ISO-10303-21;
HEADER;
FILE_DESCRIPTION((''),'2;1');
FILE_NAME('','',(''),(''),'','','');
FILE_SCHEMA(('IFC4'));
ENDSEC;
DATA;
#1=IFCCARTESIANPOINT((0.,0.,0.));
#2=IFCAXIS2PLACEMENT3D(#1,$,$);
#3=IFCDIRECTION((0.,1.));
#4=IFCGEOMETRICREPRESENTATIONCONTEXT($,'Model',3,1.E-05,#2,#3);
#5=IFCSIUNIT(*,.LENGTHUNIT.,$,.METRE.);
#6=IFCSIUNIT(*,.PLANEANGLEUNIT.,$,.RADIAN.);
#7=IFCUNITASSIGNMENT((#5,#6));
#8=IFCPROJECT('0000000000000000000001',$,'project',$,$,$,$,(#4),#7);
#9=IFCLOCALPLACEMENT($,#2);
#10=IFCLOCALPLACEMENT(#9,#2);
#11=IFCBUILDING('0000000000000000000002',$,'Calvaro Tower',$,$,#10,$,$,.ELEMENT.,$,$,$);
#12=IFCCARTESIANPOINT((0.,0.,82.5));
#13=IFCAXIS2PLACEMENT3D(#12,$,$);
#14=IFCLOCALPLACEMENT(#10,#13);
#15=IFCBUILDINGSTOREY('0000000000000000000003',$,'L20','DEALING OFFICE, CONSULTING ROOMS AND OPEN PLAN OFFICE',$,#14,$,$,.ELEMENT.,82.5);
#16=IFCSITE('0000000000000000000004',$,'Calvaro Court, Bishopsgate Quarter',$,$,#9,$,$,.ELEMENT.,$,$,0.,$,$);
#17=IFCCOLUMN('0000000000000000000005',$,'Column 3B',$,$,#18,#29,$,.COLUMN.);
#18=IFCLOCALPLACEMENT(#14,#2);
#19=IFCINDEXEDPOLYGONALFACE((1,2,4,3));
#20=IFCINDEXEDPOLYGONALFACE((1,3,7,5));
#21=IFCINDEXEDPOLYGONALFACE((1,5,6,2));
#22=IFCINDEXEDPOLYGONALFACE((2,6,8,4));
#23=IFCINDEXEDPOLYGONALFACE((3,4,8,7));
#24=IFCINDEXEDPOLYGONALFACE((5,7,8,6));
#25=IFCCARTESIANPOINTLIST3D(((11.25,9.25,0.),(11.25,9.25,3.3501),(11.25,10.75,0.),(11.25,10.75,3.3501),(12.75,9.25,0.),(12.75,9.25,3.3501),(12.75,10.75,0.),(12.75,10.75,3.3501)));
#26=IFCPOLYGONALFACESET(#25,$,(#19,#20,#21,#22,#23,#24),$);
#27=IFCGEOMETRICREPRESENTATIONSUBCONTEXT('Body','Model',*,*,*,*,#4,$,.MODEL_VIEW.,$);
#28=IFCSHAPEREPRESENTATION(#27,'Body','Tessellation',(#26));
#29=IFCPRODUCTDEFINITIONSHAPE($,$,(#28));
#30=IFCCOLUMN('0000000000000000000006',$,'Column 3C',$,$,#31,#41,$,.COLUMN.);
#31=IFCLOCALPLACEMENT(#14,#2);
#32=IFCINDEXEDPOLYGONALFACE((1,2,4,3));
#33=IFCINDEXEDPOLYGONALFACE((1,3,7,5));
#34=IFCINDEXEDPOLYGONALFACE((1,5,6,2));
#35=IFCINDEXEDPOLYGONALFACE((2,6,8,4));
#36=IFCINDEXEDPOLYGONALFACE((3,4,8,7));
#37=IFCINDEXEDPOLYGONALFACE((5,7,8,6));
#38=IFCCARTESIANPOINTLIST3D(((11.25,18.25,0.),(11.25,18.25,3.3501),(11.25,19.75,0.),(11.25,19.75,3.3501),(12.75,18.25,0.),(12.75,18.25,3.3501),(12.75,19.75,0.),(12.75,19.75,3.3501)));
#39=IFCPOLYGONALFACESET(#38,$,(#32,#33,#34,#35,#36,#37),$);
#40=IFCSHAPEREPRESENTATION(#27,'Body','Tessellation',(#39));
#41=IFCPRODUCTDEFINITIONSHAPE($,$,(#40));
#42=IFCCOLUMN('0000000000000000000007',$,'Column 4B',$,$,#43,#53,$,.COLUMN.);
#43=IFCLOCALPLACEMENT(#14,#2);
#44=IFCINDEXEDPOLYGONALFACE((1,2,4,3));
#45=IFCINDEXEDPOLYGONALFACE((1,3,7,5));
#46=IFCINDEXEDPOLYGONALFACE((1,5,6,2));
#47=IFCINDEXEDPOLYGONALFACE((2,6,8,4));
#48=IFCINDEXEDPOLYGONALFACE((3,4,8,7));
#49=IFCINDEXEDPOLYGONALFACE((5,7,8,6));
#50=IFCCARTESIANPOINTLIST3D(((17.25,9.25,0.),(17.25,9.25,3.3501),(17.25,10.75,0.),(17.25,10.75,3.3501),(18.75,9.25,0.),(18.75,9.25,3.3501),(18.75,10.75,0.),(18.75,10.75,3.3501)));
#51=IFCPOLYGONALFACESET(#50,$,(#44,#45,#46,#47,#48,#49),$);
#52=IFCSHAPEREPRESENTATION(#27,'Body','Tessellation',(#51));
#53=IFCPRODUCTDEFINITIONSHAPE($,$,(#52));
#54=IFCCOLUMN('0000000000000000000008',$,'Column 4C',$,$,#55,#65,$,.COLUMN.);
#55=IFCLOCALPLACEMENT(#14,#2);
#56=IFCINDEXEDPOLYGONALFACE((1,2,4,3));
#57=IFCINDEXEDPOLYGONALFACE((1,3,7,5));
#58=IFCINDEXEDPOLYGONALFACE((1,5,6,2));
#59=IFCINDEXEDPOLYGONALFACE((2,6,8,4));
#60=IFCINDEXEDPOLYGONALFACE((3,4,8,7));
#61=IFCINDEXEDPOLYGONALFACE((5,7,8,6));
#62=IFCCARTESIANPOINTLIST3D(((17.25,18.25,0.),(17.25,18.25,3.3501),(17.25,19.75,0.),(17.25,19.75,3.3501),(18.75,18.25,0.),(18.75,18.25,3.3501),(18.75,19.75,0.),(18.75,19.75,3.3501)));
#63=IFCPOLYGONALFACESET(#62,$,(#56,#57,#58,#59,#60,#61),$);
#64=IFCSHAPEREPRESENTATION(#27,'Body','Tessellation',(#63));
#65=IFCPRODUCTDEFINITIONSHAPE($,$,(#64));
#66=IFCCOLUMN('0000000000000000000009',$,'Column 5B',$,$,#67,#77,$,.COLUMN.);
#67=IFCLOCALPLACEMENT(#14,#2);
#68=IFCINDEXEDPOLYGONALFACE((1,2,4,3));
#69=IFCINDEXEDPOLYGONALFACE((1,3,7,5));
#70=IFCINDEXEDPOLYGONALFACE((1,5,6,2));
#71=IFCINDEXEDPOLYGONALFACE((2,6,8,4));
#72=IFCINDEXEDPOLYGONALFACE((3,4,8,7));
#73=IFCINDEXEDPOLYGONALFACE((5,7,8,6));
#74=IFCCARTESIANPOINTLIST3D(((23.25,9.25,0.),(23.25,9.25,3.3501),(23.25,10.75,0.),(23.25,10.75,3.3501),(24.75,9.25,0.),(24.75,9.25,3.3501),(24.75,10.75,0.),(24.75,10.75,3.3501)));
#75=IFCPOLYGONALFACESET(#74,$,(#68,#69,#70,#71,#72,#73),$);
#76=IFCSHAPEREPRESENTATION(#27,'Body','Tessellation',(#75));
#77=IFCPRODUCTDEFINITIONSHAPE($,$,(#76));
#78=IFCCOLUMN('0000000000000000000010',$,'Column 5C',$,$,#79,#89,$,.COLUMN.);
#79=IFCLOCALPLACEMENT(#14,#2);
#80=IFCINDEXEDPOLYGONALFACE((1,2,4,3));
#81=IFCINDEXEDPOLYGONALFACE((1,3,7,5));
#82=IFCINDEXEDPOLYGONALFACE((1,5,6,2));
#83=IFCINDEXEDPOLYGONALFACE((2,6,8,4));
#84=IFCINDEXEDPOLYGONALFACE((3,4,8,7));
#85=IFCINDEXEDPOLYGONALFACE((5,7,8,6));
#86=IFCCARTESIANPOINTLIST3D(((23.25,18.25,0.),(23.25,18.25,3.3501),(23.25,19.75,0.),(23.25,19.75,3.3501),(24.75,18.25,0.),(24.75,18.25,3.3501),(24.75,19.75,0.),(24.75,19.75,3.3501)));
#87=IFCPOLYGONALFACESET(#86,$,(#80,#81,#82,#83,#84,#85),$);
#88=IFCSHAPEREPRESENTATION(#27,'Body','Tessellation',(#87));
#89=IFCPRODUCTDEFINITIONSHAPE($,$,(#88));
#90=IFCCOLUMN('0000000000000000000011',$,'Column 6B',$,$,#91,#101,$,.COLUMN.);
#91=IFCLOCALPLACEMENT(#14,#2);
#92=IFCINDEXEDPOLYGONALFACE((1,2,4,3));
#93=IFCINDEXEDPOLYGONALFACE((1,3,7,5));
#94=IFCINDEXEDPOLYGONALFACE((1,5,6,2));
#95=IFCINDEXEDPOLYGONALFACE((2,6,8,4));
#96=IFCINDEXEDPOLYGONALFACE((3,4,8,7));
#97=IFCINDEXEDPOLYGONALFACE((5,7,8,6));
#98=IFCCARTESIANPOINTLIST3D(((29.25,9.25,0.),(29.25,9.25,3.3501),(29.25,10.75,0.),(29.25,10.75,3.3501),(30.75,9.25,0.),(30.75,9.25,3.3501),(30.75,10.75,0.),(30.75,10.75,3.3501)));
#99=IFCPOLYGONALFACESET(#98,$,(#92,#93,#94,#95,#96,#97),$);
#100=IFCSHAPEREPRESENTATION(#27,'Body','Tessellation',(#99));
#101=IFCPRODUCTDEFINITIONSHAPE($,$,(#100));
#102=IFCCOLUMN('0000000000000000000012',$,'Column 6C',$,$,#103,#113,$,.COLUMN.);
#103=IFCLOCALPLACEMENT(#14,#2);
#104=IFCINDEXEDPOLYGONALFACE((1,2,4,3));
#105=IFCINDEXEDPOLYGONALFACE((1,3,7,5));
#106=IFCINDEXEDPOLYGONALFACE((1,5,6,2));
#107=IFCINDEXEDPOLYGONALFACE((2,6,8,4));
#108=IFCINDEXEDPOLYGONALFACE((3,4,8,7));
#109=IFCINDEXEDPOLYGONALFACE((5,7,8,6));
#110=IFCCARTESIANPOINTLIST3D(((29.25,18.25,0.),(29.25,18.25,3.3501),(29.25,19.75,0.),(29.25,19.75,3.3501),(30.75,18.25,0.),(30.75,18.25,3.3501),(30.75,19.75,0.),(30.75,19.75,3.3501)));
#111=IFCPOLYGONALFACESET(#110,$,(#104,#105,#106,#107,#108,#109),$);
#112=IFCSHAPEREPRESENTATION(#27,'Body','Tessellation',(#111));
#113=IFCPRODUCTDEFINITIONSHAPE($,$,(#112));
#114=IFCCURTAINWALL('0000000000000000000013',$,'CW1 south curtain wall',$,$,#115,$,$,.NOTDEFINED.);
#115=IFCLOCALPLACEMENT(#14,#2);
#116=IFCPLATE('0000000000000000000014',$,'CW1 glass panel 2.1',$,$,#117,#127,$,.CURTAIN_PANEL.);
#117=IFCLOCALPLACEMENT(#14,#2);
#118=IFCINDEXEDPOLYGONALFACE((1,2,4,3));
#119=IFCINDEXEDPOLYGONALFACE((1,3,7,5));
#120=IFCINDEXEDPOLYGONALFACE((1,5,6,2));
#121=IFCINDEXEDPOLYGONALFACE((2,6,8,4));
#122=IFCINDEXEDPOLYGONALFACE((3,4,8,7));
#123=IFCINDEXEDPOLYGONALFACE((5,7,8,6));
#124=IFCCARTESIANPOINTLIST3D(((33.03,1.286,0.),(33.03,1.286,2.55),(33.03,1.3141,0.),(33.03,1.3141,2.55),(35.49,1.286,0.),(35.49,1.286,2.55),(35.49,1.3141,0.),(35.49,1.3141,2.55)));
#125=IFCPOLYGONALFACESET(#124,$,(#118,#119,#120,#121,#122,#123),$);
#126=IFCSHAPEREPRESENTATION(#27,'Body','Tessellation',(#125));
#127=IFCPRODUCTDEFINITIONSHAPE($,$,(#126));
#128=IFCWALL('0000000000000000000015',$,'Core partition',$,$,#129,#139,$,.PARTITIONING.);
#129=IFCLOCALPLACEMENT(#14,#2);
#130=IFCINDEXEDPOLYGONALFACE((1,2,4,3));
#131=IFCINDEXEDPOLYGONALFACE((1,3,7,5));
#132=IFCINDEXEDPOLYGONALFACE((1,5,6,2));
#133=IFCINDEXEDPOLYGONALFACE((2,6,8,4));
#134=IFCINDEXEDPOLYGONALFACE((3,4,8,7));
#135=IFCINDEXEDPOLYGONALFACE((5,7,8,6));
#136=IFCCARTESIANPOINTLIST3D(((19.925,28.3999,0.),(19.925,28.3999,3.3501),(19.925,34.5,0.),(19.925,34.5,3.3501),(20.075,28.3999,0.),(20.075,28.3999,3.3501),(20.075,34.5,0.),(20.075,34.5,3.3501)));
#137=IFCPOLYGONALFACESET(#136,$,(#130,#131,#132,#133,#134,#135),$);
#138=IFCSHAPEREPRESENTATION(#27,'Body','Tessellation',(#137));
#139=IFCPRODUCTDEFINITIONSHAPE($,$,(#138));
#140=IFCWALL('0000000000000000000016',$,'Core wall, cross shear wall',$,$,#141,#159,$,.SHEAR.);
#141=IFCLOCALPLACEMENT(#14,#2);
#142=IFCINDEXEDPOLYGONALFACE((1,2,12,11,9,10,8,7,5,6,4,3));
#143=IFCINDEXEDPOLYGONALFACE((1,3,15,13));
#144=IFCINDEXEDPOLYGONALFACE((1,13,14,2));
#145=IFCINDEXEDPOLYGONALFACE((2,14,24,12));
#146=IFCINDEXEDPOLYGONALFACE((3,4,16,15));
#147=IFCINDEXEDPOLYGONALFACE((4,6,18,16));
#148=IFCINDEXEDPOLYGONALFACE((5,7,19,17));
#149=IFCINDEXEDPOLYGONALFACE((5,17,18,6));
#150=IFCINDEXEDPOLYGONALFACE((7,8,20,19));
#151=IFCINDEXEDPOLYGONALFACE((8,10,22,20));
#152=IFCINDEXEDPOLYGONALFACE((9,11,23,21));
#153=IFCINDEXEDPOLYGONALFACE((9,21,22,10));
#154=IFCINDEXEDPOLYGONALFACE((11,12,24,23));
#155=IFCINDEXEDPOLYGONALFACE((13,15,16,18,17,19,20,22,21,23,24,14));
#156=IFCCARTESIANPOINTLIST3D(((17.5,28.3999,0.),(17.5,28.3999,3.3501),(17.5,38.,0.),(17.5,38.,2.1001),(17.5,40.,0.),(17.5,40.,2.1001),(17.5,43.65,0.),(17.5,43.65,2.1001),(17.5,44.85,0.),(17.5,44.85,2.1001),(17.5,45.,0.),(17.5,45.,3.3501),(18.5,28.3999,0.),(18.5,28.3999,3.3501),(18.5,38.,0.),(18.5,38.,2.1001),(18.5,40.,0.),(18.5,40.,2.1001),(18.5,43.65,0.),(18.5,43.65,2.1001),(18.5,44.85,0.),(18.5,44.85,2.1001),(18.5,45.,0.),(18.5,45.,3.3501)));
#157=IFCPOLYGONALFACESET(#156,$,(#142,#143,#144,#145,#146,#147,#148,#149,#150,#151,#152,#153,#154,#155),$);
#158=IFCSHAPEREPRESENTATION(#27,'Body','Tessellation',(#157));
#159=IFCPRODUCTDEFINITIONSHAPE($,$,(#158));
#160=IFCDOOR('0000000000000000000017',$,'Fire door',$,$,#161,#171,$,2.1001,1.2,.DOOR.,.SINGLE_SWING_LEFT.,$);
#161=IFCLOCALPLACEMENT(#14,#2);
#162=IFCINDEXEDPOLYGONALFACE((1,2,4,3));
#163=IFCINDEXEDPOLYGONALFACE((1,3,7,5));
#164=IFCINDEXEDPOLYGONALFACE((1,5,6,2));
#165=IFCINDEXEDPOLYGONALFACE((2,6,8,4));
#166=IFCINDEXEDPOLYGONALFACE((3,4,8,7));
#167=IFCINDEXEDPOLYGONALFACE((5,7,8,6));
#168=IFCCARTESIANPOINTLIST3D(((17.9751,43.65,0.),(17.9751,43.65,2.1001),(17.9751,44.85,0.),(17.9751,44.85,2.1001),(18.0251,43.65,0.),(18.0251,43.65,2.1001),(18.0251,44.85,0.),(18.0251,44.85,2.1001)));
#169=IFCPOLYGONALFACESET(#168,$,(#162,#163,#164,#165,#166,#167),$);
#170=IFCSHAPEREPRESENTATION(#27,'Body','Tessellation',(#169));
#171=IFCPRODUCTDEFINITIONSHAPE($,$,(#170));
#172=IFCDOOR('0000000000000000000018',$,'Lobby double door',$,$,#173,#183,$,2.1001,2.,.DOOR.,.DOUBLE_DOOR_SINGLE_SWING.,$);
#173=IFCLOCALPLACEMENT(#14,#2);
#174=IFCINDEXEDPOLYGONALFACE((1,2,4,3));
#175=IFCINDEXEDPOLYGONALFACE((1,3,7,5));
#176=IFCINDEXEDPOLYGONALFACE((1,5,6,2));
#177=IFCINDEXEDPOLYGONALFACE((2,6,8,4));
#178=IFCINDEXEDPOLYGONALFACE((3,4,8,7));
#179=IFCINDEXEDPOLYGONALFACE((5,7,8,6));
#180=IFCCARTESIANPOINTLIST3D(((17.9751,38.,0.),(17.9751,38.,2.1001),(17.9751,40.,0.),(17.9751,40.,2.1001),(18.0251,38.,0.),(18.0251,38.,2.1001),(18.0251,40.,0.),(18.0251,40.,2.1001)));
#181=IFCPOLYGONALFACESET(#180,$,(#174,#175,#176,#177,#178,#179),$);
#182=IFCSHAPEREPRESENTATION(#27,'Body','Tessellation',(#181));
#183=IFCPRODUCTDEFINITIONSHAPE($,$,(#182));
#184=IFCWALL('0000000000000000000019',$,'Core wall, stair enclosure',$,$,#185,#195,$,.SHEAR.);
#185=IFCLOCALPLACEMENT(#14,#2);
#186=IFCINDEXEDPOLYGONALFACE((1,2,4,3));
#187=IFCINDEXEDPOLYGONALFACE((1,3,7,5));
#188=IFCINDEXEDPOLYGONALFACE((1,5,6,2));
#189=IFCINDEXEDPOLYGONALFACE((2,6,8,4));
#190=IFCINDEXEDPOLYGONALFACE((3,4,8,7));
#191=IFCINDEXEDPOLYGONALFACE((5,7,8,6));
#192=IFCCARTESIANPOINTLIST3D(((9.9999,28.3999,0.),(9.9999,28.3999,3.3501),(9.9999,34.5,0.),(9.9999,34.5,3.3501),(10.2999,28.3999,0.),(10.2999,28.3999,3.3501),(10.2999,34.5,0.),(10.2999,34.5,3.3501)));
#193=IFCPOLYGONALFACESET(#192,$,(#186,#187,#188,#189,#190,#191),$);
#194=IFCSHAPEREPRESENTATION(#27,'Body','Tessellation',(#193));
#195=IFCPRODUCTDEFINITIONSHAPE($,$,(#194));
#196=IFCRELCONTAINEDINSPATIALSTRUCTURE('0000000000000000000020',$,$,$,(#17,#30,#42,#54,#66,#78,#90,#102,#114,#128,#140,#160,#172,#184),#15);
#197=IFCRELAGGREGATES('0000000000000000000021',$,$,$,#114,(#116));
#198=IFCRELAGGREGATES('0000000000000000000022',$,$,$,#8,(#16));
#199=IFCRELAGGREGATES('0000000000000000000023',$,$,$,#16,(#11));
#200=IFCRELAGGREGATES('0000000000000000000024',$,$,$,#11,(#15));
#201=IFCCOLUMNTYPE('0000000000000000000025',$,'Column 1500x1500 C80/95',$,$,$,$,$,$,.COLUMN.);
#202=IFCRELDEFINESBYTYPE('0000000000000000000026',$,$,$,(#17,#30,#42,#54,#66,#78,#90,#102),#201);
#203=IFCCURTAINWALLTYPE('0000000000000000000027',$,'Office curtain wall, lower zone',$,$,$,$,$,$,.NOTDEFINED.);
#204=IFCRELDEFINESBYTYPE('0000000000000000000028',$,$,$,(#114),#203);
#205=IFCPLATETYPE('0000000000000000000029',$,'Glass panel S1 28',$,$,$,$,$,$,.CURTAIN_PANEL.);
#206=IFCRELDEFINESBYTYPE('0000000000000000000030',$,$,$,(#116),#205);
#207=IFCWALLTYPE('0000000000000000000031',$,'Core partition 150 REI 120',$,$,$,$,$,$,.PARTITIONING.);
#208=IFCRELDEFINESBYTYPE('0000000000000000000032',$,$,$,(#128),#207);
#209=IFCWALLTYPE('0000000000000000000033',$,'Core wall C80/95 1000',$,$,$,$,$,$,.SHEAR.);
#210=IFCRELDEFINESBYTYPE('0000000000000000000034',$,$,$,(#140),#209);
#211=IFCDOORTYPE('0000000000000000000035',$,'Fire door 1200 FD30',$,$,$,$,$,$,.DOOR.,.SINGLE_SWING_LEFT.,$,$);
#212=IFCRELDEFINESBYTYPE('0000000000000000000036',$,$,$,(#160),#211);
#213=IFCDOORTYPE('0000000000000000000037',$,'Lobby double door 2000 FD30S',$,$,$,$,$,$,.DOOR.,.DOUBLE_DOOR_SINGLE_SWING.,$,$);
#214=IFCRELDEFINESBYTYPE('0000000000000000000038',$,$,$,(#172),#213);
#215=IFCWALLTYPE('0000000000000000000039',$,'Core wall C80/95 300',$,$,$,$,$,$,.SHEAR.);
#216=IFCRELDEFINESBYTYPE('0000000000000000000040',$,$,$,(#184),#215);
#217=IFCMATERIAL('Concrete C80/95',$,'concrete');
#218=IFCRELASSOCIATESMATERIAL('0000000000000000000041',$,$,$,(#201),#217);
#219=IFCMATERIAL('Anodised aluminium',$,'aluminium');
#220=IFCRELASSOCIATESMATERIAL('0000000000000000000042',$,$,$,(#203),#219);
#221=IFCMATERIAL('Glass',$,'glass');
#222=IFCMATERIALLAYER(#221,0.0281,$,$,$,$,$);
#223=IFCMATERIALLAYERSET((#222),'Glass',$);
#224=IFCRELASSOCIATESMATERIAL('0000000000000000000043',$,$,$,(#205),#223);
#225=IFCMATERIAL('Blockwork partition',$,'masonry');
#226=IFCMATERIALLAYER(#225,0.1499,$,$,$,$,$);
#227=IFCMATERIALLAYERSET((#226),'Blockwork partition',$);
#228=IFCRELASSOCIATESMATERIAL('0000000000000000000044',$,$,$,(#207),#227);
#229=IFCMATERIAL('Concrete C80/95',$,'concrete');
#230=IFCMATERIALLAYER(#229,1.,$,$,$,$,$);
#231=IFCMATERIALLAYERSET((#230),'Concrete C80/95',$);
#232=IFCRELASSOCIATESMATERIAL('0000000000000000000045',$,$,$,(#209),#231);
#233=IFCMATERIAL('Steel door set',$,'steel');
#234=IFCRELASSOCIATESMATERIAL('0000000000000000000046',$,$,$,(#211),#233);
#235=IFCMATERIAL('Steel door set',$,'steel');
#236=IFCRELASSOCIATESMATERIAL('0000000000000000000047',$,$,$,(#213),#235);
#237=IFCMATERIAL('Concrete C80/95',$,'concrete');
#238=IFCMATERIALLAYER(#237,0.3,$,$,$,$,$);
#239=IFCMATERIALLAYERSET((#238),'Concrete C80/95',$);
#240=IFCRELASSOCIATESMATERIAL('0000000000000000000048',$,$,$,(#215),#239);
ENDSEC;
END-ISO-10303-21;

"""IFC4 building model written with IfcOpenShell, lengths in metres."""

from ifc_helpers import new_model, si_unit, direction, frame, frame_2d, origin, origin_2d, place, context, subcontext, project, spatial, rectangle, extrude, material, layer, layer_set, material_profile, profile_set, type_object, element, fill, aggregate, save


model = new_model("IFC4")

# Units and contexts
model_context = context("Model", 3, precision=1e-05, world=origin(), true_north=direction((0.0, 1.0)))
body_context = subcontext(model_context, "Body", "Model", "MODEL_VIEW")
ifc_project = project(units=[si_unit("LENGTHUNIT", "METRE"), si_unit("PLANEANGLEUNIT", "RADIAN")], contexts=[model_context])

# Site, building, storey
site_placement = place(None, origin())
site = spatial("IfcSite", under=ifc_project, at=site_placement, Name="Calvaro Court, Bishopsgate Quarter", CompositionType="ELEMENT", RefElevation=0.0)
building_placement = place(site_placement, origin())
building = spatial("IfcBuilding", under=site, at=building_placement, Name="Calvaro Tower", CompositionType="ELEMENT")
storey_placement = place(building_placement, frame((0.0, 0.0, 82.5)))
storey = spatial("IfcBuildingStorey", under=building, at=storey_placement, Name="L20", Description="DEALING OFFICE, CONSULTING ROOMS AND OPEN PLAN OFFICE", CompositionType="ELEMENT", Elevation=82.5)

# Columns
ifc_material_1 = material(Name="Concrete C80/95", Category="concrete")
ifc_material_profile = material_profile(ifc_material_1, rectangle(XDim=1.5, YDim=1.5, at=origin_2d()), Name="RC 1500x1500")
ifc_profile_set = profile_set([ifc_material_profile], Name="Concrete C80/95")
column_type = type_object("IfcColumnType", Name="Column 1500x1500 C80/95", PredefinedType="COLUMN", material=ifc_profile_set)
for number, where, z_axis, x_axis, name in (
    (1, (12.0, 10.0, 0.0), (0.0, 0.0, 1.0), (1.0, 0.0, 0.0), "Column 3B"),
    (2, (12.0, 19.0, 0.0), (0.0, 0.0, 1.0), (1.0, 0.0, 0.0), "Column 3C"),
    (3, (18.0, 10.0, 0.0), (0.0, 0.0, 1.0), (1.0, 0.0, 0.0), "Column 4B"),
    (4, (18.0, 19.0, 0.0), (0.0, 0.0, 1.0), (1.0, 0.0, 0.0), "Column 4C"),
    (5, (24.0, 10.0, 0.0), (0.0, 0.0, 1.0), (1.0, 0.0, 0.0), "Column 5B"),
    (6, (24.0, 19.0, 0.0), (0.0, 0.0, 1.0), (1.0, 0.0, 0.0), "Column 5C"),
    (7, (30.0, 10.0, 0.0), (0.0, 0.0, 1.0), (1.0, 0.0, 0.0), "Column 6B"),
    (8, (30.0, 19.0, 0.0), (0.0, 0.0, 1.0), (1.0, 0.0, 0.0), "Column 6C"),
):
    element("IfcColumn", number, at=place(storey_placement, frame(where, z_axis=z_axis, x_axis=x_axis)), inside=storey, type_object=column_type, Name=name, PredefinedType="COLUMN", context=body_context, shape_type="SweptSolid", body=[
        extrude(rectangle(XDim=1.5, YDim=1.5, at=origin_2d()), origin(), (0.0, 0.0, 1.0), 3.3501),
    ])

# Curtain wall, plate
ifc_material_2 = material(Name="Anodised aluminium", Category="aluminium")
curtain_wall_type = type_object("IfcCurtainWallType", Name="Office curtain wall, lower zone", PredefinedType="NOTDEFINED", material=ifc_material_2)
curtain_wall_placement = place(storey_placement, origin())
curtain_wall = element("IfcCurtainWall", 9, at=curtain_wall_placement, inside=storey, type_object=curtain_wall_type, Name="CW1 south curtain wall", PredefinedType="NOTDEFINED")
ifc_material_3 = material(Name="Glass", Category="glass")
ifc_layer_1 = layer(ifc_material_3, 0.0281)
ifc_layer_set_1 = layer_set([ifc_layer_1], Name="Glass")
plate_type = type_object("IfcPlateType", Name="Glass panel S1 28", PredefinedType="CURTAIN_PANEL", material=ifc_layer_set_1)
plate_placement = place(storey_placement, frame((34.26, 1.3, 0.0), z_axis=(0.0, 0.0, 1.0), x_axis=(1.0, 0.0, 0.0)))
plate = element("IfcPlate", 10, at=plate_placement, type_object=plate_type, Name="CW1 glass panel 2.1", PredefinedType="CURTAIN_PANEL", context=body_context, shape_type="SweptSolid", body=[
    extrude(rectangle(XDim=2.46, YDim=0.0281, at=origin_2d()), origin(), (0.0, 0.0, 1.0), 2.55),
])
aggregate(curtain_wall, [plate])

# Wall
ifc_material_4 = material(Name="Blockwork partition", Category="masonry")
ifc_layer_2 = layer(ifc_material_4, 0.1499)
ifc_layer_set_2 = layer_set([ifc_layer_2], Name="Blockwork partition")
wall_type_1 = type_object("IfcWallType", Name="Core partition 150 REI 120", PredefinedType="PARTITIONING", material=ifc_layer_set_2)
wall_1_placement = place(storey_placement, frame((20.0, 28.3999, 0.0), z_axis=(0.0, 0.0, 1.0), x_axis=(0.0, 1.0, 0.0)))
element("IfcWall", 11, at=wall_1_placement, inside=storey, type_object=wall_type_1, Name="Core partition", PredefinedType="PARTITIONING", context=body_context, shape_type="SweptSolid", body=[
    extrude(rectangle(XDim=6.1001, YDim=0.1499, at=frame_2d((3.05, 0.0))), origin(), (0.0, 0.0, 1.0), 3.3501),
])

# Wall, openings, doors
ifc_material_5 = material(Name="Concrete C80/95", Category="concrete")
ifc_layer_3 = layer(ifc_material_5, 1.0)
ifc_layer_set_3 = layer_set([ifc_layer_3], Name="Concrete C80/95")
wall_type_2 = type_object("IfcWallType", Name="Core wall C80/95 1000", PredefinedType="SHEAR", material=ifc_layer_set_3)
wall_2_placement = place(storey_placement, frame((18.0, 28.3999, 0.0), z_axis=(0.0, 0.0, 1.0), x_axis=(0.0, 1.0, 0.0)))
wall_2 = element("IfcWall", 12, at=wall_2_placement, inside=storey, type_object=wall_type_2, Name="Core wall, cross shear wall", PredefinedType="SHEAR", context=body_context, shape_type="SweptSolid", body=[
    extrude(rectangle(XDim=16.6001, YDim=1.0, at=frame_2d((8.3, 0.0))), origin(), (0.0, 0.0, 1.0), 3.3501),
])
opening_1_placement = place(wall_2_placement, frame((9.6001, 0.0, 0.0)))
opening_1 = element("IfcOpeningElement", 13, at=opening_1_placement, cuts=wall_2, PredefinedType="OPENING", context=body_context, shape_type="SweptSolid", body=[
    extrude(rectangle(XDim=2.0, YDim=2.1001, at=frame_2d((1.0, 1.05))), frame((0.0, 0.51, 0.0), z_axis=(0.0, -1.0, 0.0), x_axis=(1.0, 0.0, 0.0)), (0.0, 0.0, 1.0), 1.02),
])
opening_2_placement = place(wall_2_placement, frame((15.25, 0.0, 0.0)))
opening_2 = element("IfcOpeningElement", 14, at=opening_2_placement, cuts=wall_2, PredefinedType="OPENING", context=body_context, shape_type="SweptSolid", body=[
    extrude(rectangle(XDim=1.2, YDim=2.1001, at=frame_2d((0.6001, 1.05))), frame((0.0, 0.51, 0.0), z_axis=(0.0, -1.0, 0.0), x_axis=(1.0, 0.0, 0.0)), (0.0, 0.0, 1.0), 1.02),
])
ifc_material_6 = material(Name="Steel door set", Category="steel")
door_type_1 = type_object("IfcDoorType", Name="Fire door 1200 FD30", OperationType="SINGLE_SWING_LEFT", PredefinedType="DOOR", material=ifc_material_6)
door_1_placement = place(opening_2_placement, origin())
door_1 = element("IfcDoor", 15, at=door_1_placement, inside=storey, type_object=door_type_1, Name="Fire door", OperationType="SINGLE_SWING_LEFT", OverallHeight=2.1001, OverallWidth=1.2, PredefinedType="DOOR", context=body_context, shape_type="SweptSolid", body=[
    extrude(rectangle(XDim=1.2, YDim=2.1001, at=frame_2d((0.6001, 1.05))), frame((0.0, 0.0249, 0.0), z_axis=(0.0, -1.0, 0.0), x_axis=(1.0, 0.0, 0.0)), (0.0, 0.0, 1.0), 0.05),
])
fill(opening_2, door_1)
ifc_material_7 = material(Name="Steel door set", Category="steel")
door_type_2 = type_object("IfcDoorType", Name="Lobby double door 2000 FD30S", OperationType="DOUBLE_DOOR_SINGLE_SWING", PredefinedType="DOOR", material=ifc_material_7)
door_2_placement = place(opening_1_placement, origin())
door_2 = element("IfcDoor", 16, at=door_2_placement, inside=storey, type_object=door_type_2, Name="Lobby double door", OperationType="DOUBLE_DOOR_SINGLE_SWING", OverallHeight=2.1001, OverallWidth=2.0, PredefinedType="DOOR", context=body_context, shape_type="SweptSolid", body=[
    extrude(rectangle(XDim=2.0, YDim=2.1001, at=frame_2d((1.0, 1.05))), frame((0.0, 0.0249, 0.0), z_axis=(0.0, -1.0, 0.0), x_axis=(1.0, 0.0, 0.0)), (0.0, 0.0, 1.0), 0.05),
])
fill(opening_1, door_2)

# Wall
ifc_material_8 = material(Name="Concrete C80/95", Category="concrete")
ifc_layer_4 = layer(ifc_material_8, 0.3)
ifc_layer_set_4 = layer_set([ifc_layer_4], Name="Concrete C80/95")
wall_type_3 = type_object("IfcWallType", Name="Core wall C80/95 300", PredefinedType="SHEAR", material=ifc_layer_set_4)
for number, where, z_axis, x_axis, name in (
    (17, (10.1499, 28.3999, 0.0), (0.0, 0.0, 1.0), (0.0, 1.0, 0.0), "Core wall, stair enclosure"),
):
    element("IfcWall", number, at=place(storey_placement, frame(where, z_axis=z_axis, x_axis=x_axis)), inside=storey, type_object=wall_type_3, Name=name, PredefinedType="SHEAR", context=body_context, shape_type="SweptSolid", body=[
        extrude(rectangle(XDim=6.1001, YDim=0.3, at=frame_2d((3.05, 0.0))), origin(), (0.0, 0.0, 1.0), 3.3501),
    ])

save(model, "model.ifc")
